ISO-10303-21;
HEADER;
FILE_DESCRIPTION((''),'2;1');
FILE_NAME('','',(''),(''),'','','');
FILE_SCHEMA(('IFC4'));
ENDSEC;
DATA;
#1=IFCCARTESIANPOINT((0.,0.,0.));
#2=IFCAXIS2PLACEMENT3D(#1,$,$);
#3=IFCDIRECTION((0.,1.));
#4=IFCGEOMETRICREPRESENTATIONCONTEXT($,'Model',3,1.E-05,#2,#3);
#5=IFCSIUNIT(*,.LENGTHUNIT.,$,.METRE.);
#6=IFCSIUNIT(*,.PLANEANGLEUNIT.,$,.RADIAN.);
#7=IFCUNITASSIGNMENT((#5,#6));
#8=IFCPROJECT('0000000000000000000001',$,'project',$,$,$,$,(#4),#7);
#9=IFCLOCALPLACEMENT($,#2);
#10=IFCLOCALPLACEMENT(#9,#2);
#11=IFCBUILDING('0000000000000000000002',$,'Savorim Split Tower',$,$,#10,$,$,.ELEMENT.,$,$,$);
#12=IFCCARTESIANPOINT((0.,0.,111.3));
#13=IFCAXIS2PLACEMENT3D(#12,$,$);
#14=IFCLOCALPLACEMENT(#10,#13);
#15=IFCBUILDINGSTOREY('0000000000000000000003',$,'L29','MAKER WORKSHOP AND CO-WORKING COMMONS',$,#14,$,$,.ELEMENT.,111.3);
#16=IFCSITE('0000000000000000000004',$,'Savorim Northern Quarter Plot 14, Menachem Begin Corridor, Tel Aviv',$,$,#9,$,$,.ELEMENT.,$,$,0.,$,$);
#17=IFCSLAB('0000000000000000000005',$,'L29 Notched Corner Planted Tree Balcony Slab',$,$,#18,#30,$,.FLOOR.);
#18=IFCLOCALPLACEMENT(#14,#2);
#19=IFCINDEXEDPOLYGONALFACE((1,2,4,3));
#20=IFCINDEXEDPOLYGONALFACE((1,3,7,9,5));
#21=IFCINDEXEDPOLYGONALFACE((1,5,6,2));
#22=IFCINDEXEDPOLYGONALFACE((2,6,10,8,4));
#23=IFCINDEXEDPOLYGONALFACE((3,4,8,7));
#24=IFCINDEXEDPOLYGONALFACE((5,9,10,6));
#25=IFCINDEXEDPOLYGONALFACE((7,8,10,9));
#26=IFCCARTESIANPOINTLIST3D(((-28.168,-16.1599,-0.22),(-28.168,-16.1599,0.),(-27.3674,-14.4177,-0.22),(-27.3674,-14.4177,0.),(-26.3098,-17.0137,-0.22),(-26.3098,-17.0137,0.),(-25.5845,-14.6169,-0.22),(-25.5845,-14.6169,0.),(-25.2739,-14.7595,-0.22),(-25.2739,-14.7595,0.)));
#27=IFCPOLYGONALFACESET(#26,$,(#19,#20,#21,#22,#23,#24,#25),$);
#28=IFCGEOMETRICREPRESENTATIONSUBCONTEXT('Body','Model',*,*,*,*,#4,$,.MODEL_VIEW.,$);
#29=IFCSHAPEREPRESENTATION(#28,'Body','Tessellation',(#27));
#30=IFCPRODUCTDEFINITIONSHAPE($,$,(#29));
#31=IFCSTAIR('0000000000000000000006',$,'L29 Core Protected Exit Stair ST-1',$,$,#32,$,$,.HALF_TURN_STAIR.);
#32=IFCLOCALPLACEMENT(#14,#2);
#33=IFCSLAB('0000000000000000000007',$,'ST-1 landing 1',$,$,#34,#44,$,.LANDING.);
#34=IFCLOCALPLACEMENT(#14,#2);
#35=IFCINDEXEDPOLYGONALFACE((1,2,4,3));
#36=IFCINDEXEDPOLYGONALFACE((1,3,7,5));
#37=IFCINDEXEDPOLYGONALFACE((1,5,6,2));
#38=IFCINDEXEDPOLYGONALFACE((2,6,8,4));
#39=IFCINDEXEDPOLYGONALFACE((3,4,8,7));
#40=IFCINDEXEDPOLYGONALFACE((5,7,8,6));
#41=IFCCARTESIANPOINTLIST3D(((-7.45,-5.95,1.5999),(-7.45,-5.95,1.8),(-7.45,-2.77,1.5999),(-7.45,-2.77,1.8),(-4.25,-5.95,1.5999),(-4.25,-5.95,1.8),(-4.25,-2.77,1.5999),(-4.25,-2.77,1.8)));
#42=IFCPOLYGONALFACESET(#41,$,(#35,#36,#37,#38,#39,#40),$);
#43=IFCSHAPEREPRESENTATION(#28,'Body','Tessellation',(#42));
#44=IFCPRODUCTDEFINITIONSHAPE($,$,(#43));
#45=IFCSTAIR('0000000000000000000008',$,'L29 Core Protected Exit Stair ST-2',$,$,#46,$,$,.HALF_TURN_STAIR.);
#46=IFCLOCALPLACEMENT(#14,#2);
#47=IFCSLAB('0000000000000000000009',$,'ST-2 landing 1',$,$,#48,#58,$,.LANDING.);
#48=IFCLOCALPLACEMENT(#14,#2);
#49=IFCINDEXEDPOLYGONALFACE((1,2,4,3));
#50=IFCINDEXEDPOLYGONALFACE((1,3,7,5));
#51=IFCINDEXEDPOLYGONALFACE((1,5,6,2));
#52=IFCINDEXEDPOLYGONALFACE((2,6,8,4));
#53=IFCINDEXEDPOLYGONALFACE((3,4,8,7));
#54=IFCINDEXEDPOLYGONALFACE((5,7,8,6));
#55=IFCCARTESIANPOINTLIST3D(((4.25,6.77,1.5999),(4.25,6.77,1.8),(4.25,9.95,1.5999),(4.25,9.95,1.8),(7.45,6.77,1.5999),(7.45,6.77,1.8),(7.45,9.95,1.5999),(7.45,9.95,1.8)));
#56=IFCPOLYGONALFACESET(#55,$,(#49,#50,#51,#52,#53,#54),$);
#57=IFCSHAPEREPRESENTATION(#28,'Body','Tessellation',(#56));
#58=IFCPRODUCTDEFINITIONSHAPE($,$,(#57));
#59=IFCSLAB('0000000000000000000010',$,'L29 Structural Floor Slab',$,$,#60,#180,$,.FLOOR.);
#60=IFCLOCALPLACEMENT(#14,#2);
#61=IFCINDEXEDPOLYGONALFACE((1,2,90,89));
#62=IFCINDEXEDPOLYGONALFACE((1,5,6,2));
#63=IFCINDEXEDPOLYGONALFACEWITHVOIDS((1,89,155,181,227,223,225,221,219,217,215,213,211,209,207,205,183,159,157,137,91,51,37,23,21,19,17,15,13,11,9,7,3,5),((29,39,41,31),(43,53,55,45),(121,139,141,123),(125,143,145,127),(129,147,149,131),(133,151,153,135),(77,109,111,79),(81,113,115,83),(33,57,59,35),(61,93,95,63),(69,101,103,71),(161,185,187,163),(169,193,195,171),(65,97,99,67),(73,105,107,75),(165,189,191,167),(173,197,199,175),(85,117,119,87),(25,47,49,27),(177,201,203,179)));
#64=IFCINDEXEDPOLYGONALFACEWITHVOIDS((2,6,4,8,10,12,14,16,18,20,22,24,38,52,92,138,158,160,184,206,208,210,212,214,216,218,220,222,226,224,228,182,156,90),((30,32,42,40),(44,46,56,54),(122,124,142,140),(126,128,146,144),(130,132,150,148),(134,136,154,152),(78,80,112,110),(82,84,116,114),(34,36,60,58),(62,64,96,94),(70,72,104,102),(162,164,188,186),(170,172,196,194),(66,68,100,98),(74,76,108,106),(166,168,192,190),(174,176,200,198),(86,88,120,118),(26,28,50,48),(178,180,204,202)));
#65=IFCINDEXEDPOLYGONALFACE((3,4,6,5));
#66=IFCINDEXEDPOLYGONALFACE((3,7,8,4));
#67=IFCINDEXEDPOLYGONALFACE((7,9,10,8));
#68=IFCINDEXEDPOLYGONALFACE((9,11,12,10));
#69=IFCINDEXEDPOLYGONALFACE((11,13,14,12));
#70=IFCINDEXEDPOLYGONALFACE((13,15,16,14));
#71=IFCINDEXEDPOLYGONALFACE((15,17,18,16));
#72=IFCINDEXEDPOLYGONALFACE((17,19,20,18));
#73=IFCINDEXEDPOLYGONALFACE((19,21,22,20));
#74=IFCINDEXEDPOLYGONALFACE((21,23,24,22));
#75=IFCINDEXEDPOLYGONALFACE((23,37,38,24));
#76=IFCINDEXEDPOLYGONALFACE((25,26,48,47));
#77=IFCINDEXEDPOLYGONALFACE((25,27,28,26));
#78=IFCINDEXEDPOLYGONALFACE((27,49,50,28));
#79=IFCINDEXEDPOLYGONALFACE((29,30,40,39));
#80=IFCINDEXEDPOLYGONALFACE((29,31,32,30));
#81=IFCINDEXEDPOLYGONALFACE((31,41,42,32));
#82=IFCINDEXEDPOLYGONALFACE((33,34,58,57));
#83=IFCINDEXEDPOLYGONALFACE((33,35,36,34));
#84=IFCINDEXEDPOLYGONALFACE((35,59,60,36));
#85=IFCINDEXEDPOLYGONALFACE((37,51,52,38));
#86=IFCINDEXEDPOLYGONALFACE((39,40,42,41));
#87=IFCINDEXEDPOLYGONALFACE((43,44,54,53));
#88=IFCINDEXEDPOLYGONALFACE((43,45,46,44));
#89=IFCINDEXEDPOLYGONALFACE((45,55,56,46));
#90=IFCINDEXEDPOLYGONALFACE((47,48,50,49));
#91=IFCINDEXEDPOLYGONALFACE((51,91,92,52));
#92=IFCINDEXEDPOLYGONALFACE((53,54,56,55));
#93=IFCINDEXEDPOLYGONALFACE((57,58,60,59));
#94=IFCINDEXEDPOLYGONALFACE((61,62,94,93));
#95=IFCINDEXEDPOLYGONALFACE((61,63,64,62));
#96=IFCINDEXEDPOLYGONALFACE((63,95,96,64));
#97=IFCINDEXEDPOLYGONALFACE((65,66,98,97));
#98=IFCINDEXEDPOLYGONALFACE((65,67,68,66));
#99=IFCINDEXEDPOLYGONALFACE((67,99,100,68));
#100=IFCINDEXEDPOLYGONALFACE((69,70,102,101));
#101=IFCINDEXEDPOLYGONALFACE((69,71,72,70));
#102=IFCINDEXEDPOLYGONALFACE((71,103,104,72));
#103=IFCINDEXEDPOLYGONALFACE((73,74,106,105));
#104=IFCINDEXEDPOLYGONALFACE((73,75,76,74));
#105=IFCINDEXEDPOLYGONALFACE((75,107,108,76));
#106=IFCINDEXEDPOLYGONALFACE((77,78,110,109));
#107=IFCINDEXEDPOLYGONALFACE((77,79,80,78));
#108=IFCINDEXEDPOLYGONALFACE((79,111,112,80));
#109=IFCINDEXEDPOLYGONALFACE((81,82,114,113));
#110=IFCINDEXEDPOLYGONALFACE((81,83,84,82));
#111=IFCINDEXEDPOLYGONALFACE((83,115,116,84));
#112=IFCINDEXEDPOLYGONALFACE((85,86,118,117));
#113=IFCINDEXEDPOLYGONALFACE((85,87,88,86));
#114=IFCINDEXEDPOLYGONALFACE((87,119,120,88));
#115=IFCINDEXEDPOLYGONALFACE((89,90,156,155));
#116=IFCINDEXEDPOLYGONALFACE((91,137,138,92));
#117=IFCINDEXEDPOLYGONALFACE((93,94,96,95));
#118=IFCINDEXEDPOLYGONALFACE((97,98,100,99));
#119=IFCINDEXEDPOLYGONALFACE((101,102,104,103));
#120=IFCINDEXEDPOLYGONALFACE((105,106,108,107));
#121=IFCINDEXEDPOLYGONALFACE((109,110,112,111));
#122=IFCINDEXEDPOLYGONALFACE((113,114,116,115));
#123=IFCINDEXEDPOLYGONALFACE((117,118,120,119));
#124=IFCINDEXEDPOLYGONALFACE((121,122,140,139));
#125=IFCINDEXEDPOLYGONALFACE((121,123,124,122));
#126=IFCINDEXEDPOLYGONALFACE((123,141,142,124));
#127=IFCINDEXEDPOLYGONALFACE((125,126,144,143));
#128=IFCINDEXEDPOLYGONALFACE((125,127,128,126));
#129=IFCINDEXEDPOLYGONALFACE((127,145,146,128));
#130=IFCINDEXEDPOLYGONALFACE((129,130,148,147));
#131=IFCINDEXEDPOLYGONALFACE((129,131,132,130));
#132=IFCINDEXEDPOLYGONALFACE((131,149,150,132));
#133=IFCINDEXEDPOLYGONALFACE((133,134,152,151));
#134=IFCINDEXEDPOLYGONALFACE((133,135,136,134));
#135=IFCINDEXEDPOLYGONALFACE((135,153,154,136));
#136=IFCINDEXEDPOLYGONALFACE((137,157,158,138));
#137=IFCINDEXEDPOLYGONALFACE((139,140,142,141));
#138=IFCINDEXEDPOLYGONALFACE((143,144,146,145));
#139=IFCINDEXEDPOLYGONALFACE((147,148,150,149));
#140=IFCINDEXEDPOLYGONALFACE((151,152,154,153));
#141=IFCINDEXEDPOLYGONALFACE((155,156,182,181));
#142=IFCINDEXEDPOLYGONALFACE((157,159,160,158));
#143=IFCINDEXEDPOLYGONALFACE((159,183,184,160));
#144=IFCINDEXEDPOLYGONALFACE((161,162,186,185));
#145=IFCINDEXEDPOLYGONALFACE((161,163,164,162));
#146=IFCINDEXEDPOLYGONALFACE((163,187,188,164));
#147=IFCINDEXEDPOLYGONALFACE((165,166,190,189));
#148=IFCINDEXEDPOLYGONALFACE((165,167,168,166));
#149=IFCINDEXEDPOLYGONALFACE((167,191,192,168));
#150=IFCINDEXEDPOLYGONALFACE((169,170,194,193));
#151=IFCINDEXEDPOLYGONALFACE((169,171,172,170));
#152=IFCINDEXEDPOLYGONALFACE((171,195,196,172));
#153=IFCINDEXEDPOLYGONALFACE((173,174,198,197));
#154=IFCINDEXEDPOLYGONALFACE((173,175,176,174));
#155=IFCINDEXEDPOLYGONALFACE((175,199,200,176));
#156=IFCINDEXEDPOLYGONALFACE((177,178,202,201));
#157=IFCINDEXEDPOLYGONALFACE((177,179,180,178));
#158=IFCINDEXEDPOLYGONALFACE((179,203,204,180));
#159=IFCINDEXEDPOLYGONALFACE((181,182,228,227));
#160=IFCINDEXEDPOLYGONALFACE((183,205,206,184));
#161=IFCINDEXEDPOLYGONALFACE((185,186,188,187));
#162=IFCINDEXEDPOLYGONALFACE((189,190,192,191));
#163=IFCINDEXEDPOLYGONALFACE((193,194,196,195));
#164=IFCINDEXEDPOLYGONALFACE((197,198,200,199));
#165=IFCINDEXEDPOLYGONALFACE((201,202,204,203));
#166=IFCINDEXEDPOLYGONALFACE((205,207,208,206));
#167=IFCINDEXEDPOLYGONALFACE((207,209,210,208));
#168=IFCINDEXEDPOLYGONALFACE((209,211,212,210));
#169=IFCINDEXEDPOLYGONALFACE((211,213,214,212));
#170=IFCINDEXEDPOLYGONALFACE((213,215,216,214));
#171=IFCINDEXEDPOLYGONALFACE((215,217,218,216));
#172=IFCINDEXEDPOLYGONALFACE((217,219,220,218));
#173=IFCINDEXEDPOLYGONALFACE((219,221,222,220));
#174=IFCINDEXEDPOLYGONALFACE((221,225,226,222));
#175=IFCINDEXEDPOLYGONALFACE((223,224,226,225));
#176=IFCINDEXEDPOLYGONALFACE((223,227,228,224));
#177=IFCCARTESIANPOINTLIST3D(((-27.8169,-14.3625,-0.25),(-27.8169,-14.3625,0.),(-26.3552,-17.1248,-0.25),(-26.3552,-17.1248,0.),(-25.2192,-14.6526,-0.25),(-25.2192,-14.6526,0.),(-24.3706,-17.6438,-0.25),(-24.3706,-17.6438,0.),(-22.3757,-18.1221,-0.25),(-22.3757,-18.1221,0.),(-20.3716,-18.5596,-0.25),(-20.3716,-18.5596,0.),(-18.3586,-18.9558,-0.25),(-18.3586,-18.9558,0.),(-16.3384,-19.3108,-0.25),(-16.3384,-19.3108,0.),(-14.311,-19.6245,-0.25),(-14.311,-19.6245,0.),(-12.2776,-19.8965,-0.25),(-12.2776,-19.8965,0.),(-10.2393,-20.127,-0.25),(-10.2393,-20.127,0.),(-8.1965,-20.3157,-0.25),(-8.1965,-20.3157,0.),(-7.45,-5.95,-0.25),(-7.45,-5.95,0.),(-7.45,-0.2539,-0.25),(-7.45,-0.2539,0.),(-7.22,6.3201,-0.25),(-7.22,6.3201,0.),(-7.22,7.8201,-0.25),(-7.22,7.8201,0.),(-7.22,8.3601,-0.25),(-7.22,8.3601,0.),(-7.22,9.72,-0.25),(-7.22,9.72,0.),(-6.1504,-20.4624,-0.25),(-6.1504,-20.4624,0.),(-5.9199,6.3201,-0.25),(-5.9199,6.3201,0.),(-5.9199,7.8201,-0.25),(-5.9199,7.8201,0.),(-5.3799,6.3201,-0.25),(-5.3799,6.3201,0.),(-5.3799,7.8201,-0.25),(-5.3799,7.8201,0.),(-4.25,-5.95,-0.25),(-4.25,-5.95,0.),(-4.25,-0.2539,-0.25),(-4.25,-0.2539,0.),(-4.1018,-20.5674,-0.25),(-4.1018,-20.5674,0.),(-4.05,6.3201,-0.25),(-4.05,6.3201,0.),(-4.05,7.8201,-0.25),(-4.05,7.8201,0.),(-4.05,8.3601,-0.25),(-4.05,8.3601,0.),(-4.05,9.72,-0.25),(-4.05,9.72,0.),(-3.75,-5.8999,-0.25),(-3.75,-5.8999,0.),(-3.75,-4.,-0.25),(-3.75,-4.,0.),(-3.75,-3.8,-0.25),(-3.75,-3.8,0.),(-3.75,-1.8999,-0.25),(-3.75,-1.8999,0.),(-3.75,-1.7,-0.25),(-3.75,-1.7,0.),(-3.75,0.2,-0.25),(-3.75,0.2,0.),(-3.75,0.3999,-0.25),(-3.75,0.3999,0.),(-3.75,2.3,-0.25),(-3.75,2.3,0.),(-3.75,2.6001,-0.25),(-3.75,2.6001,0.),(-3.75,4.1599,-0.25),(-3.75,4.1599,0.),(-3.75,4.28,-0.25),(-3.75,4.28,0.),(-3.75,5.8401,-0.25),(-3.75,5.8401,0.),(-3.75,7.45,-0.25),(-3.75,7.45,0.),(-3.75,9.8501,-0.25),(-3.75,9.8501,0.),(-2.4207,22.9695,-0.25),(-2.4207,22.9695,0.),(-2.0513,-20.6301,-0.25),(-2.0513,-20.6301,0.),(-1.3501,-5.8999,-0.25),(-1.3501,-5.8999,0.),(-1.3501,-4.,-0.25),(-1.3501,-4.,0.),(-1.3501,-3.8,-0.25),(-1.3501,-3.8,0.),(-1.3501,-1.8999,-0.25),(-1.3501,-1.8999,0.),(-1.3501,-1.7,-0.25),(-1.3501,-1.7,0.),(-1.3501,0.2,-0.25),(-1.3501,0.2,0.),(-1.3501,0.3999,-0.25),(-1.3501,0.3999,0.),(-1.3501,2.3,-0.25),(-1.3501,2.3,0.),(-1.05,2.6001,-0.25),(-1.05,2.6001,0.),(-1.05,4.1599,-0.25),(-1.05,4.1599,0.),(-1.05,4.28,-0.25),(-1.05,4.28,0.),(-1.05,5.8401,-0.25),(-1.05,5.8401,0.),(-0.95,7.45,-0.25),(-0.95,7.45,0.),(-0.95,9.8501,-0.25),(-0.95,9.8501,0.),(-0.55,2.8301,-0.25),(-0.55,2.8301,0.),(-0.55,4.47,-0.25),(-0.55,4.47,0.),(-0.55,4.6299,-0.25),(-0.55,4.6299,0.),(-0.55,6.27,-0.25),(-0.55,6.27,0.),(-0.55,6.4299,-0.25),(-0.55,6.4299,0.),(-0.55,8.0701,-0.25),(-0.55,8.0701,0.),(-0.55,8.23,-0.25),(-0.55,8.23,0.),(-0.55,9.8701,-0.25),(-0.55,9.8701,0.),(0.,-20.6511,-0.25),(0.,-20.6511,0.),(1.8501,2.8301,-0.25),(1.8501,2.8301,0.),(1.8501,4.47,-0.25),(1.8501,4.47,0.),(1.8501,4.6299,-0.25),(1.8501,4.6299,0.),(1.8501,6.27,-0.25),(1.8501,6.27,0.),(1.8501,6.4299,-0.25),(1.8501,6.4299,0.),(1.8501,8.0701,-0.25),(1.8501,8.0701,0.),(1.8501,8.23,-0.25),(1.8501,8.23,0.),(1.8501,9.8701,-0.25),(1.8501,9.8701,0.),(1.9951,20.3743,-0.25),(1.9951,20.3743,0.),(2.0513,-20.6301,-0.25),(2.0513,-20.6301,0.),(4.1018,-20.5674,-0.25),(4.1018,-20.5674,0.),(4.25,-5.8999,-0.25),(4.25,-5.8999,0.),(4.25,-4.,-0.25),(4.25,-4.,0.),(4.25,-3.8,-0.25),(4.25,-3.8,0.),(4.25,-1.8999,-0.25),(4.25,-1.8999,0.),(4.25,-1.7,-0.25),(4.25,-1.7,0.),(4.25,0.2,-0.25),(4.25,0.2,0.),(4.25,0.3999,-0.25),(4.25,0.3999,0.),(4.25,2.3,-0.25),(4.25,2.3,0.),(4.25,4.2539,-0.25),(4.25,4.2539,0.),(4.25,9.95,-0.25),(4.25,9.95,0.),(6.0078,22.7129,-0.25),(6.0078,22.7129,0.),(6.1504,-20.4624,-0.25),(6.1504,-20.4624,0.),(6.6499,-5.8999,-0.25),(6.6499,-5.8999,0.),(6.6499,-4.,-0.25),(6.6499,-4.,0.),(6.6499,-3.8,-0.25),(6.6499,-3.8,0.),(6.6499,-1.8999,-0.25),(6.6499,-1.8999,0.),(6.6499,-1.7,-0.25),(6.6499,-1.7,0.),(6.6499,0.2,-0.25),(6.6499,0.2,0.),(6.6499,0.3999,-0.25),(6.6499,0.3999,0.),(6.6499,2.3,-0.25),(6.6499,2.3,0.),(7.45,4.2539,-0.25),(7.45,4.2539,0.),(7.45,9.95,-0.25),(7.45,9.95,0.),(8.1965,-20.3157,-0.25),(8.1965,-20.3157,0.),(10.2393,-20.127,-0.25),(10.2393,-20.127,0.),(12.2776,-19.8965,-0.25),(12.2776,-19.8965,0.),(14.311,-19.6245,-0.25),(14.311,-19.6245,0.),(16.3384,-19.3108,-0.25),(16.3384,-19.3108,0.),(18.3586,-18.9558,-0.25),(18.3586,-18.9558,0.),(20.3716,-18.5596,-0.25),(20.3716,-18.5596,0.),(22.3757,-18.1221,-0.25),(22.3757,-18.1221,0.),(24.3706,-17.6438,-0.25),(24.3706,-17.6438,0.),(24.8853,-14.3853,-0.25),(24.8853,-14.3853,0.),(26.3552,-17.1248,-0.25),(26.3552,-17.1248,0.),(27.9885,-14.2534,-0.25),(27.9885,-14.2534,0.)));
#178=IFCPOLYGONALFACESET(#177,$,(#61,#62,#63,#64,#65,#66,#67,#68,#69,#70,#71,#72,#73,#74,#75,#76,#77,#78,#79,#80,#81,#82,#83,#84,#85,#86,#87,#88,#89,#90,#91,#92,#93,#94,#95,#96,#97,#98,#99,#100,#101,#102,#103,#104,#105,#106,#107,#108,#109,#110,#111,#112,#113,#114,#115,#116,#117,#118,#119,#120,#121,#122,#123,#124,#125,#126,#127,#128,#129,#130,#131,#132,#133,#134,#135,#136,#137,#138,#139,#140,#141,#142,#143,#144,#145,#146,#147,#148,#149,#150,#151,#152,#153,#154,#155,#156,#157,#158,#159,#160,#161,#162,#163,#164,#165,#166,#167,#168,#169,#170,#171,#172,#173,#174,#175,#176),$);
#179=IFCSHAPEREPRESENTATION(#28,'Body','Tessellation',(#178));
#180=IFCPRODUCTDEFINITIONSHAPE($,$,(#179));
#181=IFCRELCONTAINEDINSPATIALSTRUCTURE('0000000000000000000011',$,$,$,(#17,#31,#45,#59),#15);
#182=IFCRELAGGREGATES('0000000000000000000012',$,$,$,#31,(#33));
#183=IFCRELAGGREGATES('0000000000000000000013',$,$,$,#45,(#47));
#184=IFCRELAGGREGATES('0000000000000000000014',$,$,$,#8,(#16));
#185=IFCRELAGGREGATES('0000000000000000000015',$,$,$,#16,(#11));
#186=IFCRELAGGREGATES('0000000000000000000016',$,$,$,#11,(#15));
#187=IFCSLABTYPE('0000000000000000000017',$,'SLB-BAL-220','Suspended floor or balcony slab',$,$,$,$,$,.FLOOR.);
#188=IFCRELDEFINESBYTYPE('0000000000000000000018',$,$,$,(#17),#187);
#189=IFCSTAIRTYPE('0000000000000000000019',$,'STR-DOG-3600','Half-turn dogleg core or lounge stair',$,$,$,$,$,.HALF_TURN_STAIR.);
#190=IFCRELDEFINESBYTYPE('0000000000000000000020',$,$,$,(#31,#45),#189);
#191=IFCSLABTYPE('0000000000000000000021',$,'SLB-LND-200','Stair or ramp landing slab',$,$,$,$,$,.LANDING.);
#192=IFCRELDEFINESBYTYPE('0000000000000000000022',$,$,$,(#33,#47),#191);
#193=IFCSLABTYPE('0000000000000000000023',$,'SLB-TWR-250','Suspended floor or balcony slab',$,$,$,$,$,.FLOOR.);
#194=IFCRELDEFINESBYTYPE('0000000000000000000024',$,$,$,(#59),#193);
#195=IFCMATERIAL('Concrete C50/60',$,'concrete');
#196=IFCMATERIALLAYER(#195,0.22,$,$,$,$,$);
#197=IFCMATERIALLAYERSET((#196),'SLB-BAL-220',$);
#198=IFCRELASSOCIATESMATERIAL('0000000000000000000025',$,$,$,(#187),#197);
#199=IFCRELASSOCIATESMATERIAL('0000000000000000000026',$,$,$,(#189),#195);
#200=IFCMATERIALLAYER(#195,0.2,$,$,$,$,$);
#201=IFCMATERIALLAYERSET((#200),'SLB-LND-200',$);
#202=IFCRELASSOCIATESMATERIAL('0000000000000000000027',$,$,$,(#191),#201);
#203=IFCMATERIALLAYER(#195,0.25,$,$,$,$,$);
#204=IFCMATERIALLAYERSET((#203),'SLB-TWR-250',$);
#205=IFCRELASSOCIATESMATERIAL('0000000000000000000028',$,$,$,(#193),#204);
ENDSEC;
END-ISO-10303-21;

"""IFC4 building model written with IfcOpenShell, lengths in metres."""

from ifc_helpers import new_model, si_unit, direction, frame, origin, place, context, subcontext, project, spatial, polyline, outline, extrude, material, layer, layer_set, type_object, element, aggregate, save


model = new_model("IFC4")

# Units and contexts
model_context = context("Model", 3, precision=1e-05, world=origin(), true_north=direction((0.0, 1.0)))
body_context = subcontext(model_context, "Body", "Model", "MODEL_VIEW")
ifc_project = project(units=[si_unit("LENGTHUNIT", "METRE"), si_unit("PLANEANGLEUNIT", "RADIAN")], contexts=[model_context])

# Site, building, storey
site_placement = place(None, origin())
site = spatial("IfcSite", under=ifc_project, at=site_placement, Name="Savorim Northern Quarter Plot 14, Menachem Begin Corridor, Tel Aviv", CompositionType="ELEMENT", RefElevation=0.0)
building_placement = place(site_placement, origin())
building = spatial("IfcBuilding", under=site, at=building_placement, Name="Savorim Split Tower", CompositionType="ELEMENT")
storey_placement = place(building_placement, frame((0.0, 0.0, 111.3)))
storey = spatial("IfcBuildingStorey", under=building, at=storey_placement, Name="L29", Description="MAKER WORKSHOP AND CO-WORKING COMMONS", CompositionType="ELEMENT", Elevation=111.3)

# Slab
ifc_material_1 = material(Name="Concrete C50/60", Category="concrete")
ifc_layer_1 = layer(ifc_material_1, 0.22)
ifc_layer_set_1 = layer_set([ifc_layer_1], Name="SLB-BAL-220")
slab_type_1 = type_object("IfcSlabType", Name="SLB-BAL-220", Description="Suspended floor or balcony slab", PredefinedType="FLOOR", material=ifc_layer_set_1)
slab_1_placement = place(storey_placement, frame((0.0, 0.0, -0.22)))
element("IfcSlab", 1, at=slab_1_placement, inside=storey, type_object=slab_type_1, Name="L29 Notched Corner Planted Tree Balcony Slab", PredefinedType="FLOOR", context=body_context, shape_type="SweptSolid", body=[
    extrude(outline(polyline([(-26.3098, -17.0137), (-25.2739, -14.7595), (-25.5845, -14.6169), (-27.3674, -14.4177), (-28.168, -16.1599), (-26.3098, -17.0137)])), origin(), (0.0, 0.0, 1.0), 0.22),
])

# Stairs, slabs
stair_type = type_object("IfcStairType", Name="STR-DOG-3600", Description="Half-turn dogleg core or lounge stair", PredefinedType="HALF_TURN_STAIR", material=ifc_material_1)
stair_1_placement = place(storey_placement, origin())
stair_1 = element("IfcStair", 2, at=stair_1_placement, inside=storey, type_object=stair_type, Name="L29 Core Protected Exit Stair ST-1", PredefinedType="HALF_TURN_STAIR")
ifc_layer_2 = layer(ifc_material_1, 0.2)
ifc_layer_set_2 = layer_set([ifc_layer_2], Name="SLB-LND-200")
slab_type_2 = type_object("IfcSlabType", Name="SLB-LND-200", Description="Stair or ramp landing slab", PredefinedType="LANDING", material=ifc_layer_set_2)
slab_2_placement = place(storey_placement, frame((0.0, 0.0, 1.5999)))
slab_2 = element("IfcSlab", 3, at=slab_2_placement, type_object=slab_type_2, Name="ST-1 landing 1", PredefinedType="LANDING", context=body_context, shape_type="SweptSolid", body=[
    extrude(outline(polyline([(-7.45, -2.77), (-7.45, -5.95), (-4.25, -5.95), (-4.25, -2.77), (-7.45, -2.77)])), origin(), (0.0, 0.0, 1.0), 0.2002),
])
aggregate(stair_1, [slab_2])
stair_2_placement = place(storey_placement, origin())
stair_2 = element("IfcStair", 4, at=stair_2_placement, inside=storey, type_object=stair_type, Name="L29 Core Protected Exit Stair ST-2", PredefinedType="HALF_TURN_STAIR")
slab_3_placement = place(storey_placement, frame((0.0, 0.0, 1.5999)))
slab_3 = element("IfcSlab", 5, at=slab_3_placement, type_object=slab_type_2, Name="ST-2 landing 1", PredefinedType="LANDING", context=body_context, shape_type="SweptSolid", body=[
    extrude(outline(polyline([(7.45, 6.77), (7.45, 9.95), (4.25, 9.95), (4.25, 6.77), (7.45, 6.77)])), origin(), (0.0, 0.0, 1.0), 0.2002),
])
aggregate(stair_2, [slab_3])

# Slab
ifc_layer_3 = layer(ifc_material_1, 0.25)
ifc_layer_set_3 = layer_set([ifc_layer_3], Name="SLB-TWR-250")
slab_type_3 = type_object("IfcSlabType", Name="SLB-TWR-250", Description="Suspended floor or balcony slab", PredefinedType="FLOOR", material=ifc_layer_set_3)
slab_4_placement = place(storey_placement, frame((0.0, 0.0, -0.25)))
element("IfcSlab", 6, at=slab_4_placement, inside=storey, type_object=slab_type_3, Name="L29 Structural Floor Slab", PredefinedType="FLOOR", context=body_context, shape_type="SweptSolid", body=[
    extrude(outline(polyline([(-26.3552, -17.1248), (-24.3706, -17.6438), (-22.3757, -18.1221), (-20.3716, -18.5596), (-18.3586, -18.9558), (-16.3384, -19.3108), (-14.311, -19.6245), (-12.2776, -19.8965), (-10.2393, -20.127), (-8.1965, -20.3157), (-6.1504, -20.4624), (-4.1018, -20.5674), (-2.0513, -20.6301), (0.0, -20.6511), (2.0513, -20.6301), (4.1018, -20.5674), (6.1504, -20.4624), (8.1965, -20.3157), (10.2393, -20.127), (12.2776, -19.8965), (14.311, -19.6245), (16.3384, -19.3108), (18.3586, -18.9558), (20.3716, -18.5596), (22.3757, -18.1221), (24.3706, -17.6438), (26.3552, -17.1248), (24.8853, -14.3853), (27.9885, -14.2534), (6.0078, 22.7129), (1.9951, 20.3743), (-2.4207, 22.9695), (-27.8169, -14.3625), (-25.2192, -14.6526), (-26.3552, -17.1248)]), holes=[polyline([(-7.45, -0.2539), (-7.45, -5.95), (-4.25, -5.95), (-4.25, -0.2539), (-7.45, -0.2539)]), polyline([(7.45, 4.2539), (7.45, 9.95), (4.25, 9.95), (4.25, 4.2539), (7.45, 4.2539)]), polyline([(4.25, -5.8999), (6.6499, -5.8999), (6.6499, -4.0), (4.25, -4.0), (4.25, -5.8999)]), polyline([(4.25, -3.8), (6.6499, -3.8), (6.6499, -1.8999), (4.25, -1.8999), (4.25, -3.8)]), polyline([(4.25, -1.7), (6.6499, -1.7), (6.6499, 0.2), (4.25, 0.2), (4.25, -1.7)]), polyline([(4.25, 0.3999), (6.6499, 0.3999), (6.6499, 2.3), (4.25, 2.3), (4.25, 0.3999)]), polyline([(-3.75, -5.8999), (-1.3501, -5.8999), (-1.3501, -4.0), (-3.75, -4.0), (-3.75, -5.8999)]), polyline([(-3.75, -3.8), (-1.3501, -3.8), (-1.3501, -1.8999), (-3.75, -1.8999), (-3.75, -3.8)]), polyline([(-3.75, -1.7), (-1.3501, -1.7), (-1.3501, 0.2), (-3.75, 0.2), (-3.75, -1.7)]), polyline([(-3.75, 0.3999), (-1.3501, 0.3999), (-1.3501, 2.3), (-3.75, 2.3), (-3.75, 0.3999)]), polyline([(-0.55, 2.8301), (1.8501, 2.8301), (1.8501, 4.47), (-0.55, 4.47), (-0.55, 2.8301)]), polyline([(-0.55, 4.6299), (1.8501, 4.6299), (1.8501, 6.27), (-0.55, 6.27), (-0.55, 4.6299)]), polyline([(-0.55, 6.4299), (1.8501, 6.4299), (1.8501, 8.0701), (-0.55, 8.0701), (-0.55, 6.4299)]), polyline([(-0.55, 8.23), (1.8501, 8.23), (1.8501, 9.8701), (-0.55, 9.8701), (-0.55, 8.23)]), polyline([(-3.75, 2.6001), (-1.05, 2.6001), (-1.05, 4.1599), (-3.75, 4.1599), (-3.75, 2.6001)]), polyline([(-3.75, 4.28), (-1.05, 4.28), (-1.05, 5.8401), (-3.75, 5.8401), (-3.75, 4.28)]), polyline([(-3.75, 7.45), (-0.95, 7.45), (-0.95, 9.8501), (-3.75, 9.8501), (-3.75, 7.45)]), polyline([(-7.22, 6.3201), (-5.9199, 6.3201), (-5.9199, 7.8201), (-7.22, 7.8201), (-7.22, 6.3201)]), polyline([(-5.3799, 6.3201), (-4.05, 6.3201), (-4.05, 7.8201), (-5.3799, 7.8201), (-5.3799, 6.3201)]), polyline([(-7.22, 8.3601), (-4.05, 8.3601), (-4.05, 9.72), (-7.22, 9.72), (-7.22, 8.3601)])]), origin(), (0.0, 0.0, 1.0), 0.25),
])

save(model, "model.ifc")
